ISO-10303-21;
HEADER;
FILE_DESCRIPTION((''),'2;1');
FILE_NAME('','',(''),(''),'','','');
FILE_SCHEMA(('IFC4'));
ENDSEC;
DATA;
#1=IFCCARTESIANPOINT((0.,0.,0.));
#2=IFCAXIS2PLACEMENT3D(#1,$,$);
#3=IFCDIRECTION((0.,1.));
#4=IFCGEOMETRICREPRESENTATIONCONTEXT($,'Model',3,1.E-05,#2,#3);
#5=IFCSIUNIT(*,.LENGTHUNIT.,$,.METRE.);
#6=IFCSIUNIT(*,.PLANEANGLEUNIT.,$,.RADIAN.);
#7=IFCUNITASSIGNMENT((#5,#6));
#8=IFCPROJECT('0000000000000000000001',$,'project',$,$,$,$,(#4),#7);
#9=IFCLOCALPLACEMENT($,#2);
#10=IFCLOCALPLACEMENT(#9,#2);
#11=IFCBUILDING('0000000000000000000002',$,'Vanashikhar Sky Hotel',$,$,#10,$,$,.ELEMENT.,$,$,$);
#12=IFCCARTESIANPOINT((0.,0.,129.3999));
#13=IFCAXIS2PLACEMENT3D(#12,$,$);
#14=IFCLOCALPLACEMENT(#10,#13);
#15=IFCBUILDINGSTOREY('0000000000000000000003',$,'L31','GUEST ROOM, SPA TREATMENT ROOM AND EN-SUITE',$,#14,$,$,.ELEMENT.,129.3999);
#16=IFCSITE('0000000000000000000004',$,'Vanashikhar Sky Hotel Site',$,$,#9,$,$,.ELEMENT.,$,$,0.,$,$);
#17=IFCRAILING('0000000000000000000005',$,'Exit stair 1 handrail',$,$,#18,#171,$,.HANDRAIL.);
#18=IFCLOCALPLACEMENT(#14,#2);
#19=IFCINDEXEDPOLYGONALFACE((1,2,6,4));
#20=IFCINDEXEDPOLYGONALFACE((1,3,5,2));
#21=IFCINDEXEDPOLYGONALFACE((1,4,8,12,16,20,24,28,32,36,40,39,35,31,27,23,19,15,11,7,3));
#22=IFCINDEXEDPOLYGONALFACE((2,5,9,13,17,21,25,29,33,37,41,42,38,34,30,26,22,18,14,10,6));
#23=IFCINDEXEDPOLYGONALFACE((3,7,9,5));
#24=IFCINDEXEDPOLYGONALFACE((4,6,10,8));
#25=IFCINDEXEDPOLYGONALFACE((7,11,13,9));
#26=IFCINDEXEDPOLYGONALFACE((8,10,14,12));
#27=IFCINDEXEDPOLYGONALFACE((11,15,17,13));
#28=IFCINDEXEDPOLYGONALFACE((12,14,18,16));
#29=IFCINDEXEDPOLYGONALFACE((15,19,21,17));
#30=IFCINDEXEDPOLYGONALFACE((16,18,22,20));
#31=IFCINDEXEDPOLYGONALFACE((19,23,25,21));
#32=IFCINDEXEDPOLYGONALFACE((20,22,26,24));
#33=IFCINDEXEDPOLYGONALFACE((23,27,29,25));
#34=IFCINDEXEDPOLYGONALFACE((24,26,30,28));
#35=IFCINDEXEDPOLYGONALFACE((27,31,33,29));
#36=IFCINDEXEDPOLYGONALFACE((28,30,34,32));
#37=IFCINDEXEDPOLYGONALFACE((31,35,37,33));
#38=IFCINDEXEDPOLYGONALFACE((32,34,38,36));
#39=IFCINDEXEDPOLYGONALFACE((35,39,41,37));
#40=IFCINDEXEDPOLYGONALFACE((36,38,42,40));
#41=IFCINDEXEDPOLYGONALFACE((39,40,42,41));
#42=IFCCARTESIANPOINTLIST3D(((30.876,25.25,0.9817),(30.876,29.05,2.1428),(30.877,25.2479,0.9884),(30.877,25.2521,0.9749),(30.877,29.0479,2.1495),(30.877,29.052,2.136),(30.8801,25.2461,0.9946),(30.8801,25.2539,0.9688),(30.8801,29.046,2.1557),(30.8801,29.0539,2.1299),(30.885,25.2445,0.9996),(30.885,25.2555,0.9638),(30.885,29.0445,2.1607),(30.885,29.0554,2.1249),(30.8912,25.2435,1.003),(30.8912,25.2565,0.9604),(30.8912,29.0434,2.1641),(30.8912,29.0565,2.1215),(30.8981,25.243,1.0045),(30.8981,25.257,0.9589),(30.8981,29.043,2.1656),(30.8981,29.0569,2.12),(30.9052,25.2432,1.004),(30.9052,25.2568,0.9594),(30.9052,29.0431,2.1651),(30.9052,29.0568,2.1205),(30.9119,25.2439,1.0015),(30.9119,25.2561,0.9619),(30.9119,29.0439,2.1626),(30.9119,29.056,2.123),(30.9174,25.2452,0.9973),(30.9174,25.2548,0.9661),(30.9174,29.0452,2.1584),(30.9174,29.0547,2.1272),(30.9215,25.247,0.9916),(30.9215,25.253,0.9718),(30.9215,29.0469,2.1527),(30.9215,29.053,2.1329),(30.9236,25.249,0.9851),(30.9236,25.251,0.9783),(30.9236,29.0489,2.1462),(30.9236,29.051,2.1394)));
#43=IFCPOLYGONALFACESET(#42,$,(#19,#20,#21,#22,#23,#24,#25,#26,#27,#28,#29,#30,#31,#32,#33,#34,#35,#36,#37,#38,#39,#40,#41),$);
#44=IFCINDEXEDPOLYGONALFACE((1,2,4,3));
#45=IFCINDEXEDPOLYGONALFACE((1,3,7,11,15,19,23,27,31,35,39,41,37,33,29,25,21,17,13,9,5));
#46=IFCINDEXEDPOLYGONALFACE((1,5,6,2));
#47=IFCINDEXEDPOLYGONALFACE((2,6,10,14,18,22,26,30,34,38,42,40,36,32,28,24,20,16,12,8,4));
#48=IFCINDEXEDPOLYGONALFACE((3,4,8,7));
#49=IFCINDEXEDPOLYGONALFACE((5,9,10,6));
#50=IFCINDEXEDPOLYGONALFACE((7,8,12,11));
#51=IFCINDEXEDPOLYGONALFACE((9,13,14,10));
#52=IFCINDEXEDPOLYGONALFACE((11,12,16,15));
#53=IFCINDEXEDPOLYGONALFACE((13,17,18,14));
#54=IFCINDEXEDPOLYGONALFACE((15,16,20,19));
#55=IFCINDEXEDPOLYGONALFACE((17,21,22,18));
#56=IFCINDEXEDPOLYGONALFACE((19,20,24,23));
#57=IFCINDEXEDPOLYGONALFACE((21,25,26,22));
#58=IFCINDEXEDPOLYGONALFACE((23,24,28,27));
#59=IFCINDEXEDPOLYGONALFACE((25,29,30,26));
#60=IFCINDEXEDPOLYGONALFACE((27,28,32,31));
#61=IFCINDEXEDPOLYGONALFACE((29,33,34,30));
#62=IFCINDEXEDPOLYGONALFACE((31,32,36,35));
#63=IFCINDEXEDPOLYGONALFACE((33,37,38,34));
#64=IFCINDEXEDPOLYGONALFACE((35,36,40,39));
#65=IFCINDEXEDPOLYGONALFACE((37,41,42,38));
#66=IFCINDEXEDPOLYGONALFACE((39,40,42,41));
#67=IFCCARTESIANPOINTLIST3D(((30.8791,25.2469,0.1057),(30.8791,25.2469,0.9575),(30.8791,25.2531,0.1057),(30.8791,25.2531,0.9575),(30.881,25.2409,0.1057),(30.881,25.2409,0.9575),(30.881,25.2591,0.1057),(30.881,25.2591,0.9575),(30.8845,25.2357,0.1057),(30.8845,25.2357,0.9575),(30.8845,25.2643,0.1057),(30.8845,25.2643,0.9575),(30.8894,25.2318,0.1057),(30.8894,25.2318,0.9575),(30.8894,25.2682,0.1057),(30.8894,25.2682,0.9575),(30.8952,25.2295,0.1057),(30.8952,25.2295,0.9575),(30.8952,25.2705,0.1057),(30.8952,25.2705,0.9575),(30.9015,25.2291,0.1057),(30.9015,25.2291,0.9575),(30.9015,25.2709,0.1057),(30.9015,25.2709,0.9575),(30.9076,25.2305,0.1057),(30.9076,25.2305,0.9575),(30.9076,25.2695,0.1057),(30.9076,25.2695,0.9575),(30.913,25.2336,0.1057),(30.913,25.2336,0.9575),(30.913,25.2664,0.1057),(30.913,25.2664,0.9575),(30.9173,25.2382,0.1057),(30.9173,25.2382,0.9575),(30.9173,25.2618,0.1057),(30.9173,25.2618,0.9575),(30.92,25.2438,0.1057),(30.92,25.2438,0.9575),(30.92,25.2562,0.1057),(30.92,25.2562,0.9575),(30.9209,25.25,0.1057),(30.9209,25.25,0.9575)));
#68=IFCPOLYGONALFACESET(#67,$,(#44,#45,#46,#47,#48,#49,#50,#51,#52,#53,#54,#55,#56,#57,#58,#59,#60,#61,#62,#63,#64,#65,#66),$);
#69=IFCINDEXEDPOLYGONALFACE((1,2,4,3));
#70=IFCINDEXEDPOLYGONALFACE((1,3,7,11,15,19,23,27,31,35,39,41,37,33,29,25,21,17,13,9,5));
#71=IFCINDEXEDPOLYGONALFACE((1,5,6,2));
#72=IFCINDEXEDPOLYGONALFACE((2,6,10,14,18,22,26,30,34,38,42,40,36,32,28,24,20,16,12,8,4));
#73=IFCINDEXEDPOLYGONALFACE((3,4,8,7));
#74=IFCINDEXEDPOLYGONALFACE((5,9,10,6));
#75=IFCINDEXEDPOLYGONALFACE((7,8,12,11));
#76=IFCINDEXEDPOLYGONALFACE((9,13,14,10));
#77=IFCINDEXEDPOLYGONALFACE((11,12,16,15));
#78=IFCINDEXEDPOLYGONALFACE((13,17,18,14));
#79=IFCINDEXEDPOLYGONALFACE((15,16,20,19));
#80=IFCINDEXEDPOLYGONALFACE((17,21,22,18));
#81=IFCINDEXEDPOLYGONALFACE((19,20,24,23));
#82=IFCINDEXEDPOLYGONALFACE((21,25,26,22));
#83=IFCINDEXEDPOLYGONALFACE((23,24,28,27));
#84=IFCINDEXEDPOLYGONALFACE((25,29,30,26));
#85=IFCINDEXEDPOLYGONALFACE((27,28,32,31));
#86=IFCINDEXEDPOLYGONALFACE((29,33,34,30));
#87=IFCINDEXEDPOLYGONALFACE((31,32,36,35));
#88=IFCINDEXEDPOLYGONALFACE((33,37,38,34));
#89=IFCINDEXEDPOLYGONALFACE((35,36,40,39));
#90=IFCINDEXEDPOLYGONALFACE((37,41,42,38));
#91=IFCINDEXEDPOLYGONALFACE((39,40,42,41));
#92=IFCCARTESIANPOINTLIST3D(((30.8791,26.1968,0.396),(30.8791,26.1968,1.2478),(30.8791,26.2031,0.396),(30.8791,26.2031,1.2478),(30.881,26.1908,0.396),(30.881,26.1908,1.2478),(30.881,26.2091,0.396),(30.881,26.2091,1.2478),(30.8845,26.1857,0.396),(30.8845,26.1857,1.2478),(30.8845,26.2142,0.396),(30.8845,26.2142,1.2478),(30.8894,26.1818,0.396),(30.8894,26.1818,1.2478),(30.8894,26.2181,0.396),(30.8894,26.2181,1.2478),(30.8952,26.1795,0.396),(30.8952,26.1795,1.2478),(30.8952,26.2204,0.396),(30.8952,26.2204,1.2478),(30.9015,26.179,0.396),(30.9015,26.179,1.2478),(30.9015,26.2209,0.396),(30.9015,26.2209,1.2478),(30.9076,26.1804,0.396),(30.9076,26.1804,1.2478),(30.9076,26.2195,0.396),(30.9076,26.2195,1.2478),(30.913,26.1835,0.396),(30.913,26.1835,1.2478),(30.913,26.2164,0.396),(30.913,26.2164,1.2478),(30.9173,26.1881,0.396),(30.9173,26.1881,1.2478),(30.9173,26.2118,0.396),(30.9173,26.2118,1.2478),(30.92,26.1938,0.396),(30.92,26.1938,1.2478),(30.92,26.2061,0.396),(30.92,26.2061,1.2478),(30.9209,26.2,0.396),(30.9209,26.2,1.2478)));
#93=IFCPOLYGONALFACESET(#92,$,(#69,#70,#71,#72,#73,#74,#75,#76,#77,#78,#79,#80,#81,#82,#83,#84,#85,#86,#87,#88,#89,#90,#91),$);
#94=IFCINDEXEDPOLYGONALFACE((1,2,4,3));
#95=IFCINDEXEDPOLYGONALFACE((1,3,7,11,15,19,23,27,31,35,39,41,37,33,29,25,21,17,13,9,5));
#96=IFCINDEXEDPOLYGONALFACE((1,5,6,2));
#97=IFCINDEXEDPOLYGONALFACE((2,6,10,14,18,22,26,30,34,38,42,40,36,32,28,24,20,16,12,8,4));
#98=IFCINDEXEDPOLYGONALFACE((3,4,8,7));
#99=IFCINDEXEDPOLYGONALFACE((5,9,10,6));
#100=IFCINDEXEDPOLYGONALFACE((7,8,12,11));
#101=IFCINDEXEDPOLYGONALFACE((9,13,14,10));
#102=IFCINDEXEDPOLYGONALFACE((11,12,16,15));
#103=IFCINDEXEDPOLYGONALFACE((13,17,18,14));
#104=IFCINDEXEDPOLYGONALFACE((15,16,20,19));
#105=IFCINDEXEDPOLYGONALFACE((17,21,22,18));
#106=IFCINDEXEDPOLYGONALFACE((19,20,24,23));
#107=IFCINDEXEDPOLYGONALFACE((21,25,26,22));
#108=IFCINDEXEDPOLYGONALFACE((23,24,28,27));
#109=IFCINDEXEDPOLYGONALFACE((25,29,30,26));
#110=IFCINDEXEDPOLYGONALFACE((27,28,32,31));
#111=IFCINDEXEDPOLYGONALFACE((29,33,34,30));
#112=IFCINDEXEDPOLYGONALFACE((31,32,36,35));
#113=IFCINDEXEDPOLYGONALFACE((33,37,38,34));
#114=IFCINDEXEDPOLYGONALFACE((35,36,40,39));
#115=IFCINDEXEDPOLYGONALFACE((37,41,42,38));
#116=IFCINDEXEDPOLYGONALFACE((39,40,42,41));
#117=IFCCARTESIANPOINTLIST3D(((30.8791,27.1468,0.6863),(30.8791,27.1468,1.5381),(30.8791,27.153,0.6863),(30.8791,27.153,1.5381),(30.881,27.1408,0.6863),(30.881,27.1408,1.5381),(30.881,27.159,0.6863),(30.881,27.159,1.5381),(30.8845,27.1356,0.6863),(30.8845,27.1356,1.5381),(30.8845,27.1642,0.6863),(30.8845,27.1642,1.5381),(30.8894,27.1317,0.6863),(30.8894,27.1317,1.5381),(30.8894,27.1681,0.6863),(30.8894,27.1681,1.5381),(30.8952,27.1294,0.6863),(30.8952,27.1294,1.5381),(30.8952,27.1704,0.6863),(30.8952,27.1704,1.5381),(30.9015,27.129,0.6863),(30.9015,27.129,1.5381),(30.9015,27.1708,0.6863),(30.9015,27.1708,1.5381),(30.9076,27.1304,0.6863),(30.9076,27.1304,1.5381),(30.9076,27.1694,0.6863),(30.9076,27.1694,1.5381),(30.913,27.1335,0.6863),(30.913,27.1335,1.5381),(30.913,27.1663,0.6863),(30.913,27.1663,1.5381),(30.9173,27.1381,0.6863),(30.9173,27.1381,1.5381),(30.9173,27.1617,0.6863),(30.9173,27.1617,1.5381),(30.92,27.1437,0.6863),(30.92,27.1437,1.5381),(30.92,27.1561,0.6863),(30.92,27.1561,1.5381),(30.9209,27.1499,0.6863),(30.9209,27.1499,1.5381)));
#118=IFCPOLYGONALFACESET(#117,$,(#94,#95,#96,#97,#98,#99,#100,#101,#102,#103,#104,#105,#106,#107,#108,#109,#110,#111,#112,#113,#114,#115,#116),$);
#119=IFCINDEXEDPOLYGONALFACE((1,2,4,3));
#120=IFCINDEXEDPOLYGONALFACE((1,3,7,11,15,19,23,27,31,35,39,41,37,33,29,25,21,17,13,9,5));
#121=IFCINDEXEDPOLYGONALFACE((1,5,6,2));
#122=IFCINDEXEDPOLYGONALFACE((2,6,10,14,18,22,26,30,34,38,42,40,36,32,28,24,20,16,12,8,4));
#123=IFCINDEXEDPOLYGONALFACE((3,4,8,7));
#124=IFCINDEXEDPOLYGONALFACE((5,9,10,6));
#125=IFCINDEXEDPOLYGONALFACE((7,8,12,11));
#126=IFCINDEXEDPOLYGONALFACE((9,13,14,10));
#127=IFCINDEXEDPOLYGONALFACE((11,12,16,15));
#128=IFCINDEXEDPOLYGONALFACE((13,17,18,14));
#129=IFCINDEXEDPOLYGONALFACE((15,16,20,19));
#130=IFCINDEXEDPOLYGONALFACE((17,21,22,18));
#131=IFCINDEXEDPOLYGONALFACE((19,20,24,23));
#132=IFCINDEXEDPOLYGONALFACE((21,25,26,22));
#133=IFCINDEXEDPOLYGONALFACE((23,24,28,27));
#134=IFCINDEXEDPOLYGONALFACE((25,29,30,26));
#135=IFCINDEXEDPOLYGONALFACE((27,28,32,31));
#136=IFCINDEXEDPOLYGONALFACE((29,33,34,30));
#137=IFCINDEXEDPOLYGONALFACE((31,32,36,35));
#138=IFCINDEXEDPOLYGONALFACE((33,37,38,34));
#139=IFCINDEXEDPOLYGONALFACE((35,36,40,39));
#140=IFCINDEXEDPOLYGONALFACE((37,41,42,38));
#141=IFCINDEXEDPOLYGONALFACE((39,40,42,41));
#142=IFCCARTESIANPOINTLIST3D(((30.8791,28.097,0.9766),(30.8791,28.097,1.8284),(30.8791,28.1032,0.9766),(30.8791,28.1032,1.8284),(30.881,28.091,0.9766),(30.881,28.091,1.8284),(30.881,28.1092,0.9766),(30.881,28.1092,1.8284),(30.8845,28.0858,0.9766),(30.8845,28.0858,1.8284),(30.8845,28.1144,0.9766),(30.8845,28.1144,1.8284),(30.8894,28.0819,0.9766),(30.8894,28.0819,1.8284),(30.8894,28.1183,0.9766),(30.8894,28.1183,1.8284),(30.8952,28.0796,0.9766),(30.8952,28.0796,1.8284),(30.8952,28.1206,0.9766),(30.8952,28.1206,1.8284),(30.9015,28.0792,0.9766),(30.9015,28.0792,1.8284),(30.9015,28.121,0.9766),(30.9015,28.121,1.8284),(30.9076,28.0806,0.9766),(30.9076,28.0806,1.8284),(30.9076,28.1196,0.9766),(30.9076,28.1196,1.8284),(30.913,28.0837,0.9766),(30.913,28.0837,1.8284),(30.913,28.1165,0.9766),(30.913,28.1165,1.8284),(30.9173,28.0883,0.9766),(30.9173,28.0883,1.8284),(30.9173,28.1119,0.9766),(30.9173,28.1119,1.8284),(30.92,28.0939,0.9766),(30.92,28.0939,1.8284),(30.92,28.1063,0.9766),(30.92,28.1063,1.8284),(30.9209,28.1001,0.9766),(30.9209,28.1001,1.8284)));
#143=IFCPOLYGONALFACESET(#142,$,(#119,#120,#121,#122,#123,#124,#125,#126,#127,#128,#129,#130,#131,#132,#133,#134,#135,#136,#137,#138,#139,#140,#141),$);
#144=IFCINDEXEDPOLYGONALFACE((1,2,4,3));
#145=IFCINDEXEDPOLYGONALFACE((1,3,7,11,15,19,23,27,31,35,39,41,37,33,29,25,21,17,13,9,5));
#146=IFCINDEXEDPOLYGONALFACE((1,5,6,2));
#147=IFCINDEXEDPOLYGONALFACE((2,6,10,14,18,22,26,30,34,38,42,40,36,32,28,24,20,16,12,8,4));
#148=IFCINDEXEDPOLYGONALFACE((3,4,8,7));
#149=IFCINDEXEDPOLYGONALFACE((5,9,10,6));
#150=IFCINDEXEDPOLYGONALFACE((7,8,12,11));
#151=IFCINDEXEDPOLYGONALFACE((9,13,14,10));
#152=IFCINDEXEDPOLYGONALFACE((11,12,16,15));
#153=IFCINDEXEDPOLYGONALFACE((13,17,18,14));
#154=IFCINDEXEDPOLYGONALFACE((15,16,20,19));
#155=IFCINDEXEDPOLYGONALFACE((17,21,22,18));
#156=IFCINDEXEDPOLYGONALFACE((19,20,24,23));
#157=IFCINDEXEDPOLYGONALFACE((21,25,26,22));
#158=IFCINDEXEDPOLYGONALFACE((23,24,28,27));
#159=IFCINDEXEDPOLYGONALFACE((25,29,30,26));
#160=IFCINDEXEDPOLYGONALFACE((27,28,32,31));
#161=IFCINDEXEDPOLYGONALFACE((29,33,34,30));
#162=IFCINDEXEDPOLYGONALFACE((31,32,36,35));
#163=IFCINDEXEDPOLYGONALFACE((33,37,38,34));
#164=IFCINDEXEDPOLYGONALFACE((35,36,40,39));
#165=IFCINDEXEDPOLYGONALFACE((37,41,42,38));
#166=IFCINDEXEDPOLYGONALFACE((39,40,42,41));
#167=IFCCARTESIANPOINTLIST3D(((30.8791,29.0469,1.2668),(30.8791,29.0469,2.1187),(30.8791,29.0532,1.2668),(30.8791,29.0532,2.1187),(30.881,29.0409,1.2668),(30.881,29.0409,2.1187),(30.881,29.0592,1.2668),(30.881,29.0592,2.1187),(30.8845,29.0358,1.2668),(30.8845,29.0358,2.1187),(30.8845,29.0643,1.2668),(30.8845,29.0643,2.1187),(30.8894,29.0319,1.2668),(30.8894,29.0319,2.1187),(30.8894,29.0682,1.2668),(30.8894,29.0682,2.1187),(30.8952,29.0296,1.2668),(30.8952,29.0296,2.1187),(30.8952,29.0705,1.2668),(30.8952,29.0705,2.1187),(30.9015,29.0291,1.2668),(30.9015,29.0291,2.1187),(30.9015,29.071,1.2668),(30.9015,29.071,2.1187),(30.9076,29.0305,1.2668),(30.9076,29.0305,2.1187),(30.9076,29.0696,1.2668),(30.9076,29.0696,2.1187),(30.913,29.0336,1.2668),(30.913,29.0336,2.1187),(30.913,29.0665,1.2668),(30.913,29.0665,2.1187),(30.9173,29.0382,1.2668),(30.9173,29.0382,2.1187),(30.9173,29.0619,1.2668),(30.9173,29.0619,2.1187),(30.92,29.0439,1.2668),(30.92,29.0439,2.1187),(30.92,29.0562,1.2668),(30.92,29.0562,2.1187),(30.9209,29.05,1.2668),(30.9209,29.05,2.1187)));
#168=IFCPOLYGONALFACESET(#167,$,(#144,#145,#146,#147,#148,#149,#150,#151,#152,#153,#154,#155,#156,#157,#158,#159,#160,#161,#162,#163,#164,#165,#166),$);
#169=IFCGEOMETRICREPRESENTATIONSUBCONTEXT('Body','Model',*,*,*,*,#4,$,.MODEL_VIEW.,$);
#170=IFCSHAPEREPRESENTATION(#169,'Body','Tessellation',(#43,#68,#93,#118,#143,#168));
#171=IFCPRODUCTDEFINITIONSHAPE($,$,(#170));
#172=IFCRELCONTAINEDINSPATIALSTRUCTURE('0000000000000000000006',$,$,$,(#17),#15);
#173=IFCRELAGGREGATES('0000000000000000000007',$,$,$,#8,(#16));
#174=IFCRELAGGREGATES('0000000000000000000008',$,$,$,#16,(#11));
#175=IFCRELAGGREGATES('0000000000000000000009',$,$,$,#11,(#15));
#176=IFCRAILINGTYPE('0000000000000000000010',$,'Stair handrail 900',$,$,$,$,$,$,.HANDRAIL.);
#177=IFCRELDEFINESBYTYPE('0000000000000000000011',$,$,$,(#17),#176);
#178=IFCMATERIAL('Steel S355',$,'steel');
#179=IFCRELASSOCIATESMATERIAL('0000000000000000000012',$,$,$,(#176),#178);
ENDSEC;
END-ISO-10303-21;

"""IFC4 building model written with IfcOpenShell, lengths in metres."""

from ifc_helpers import new_model, si_unit, direction, frame, origin, origin_2d, place, context, subcontext, project, spatial, circle, extrude, source, transform, mapped, material, type_object, element, save


model = new_model("IFC4")

# Units and contexts
model_context = context("Model", 3, precision=1e-05, world=origin(), true_north=direction((0.0, 1.0)))
body_context = subcontext(model_context, "Body", "Model", "MODEL_VIEW")
ifc_project = project(units=[si_unit("LENGTHUNIT", "METRE"), si_unit("PLANEANGLEUNIT", "RADIAN")], contexts=[model_context])

# Site, building, storey
site_placement = place(None, origin())
site = spatial("IfcSite", under=ifc_project, at=site_placement, Name="Vanashikhar Sky Hotel Site", CompositionType="ELEMENT", RefElevation=0.0)
building_placement = place(site_placement, origin())
building = spatial("IfcBuilding", under=site, at=building_placement, Name="Vanashikhar Sky Hotel", CompositionType="ELEMENT")
storey_placement = place(building_placement, frame((0.0, 0.0, 129.3999)))
storey = spatial("IfcBuildingStorey", under=building, at=storey_placement, Name="L31", Description="GUEST ROOM, SPA TREATMENT ROOM AND EN-SUITE", CompositionType="ELEMENT", Elevation=129.3999)

# Railing
ifc_material_1 = material(Name="Steel S355", Category="steel")
railing_type = type_object("IfcRailingType", Name="Stair handrail 900", PredefinedType="HANDRAIL", material=ifc_material_1)
shared_shape_1 = source(origin(), body_context, "Body", "SweptSolid", [
    extrude(circle(Radius=0.0239, at=origin_2d()), frame((0.0, 0.0, 0.876), z_axis=(0.0, 0.956351, 0.29222), x_axis=(-1.0, 0.0, 0.0)), (0.0, 0.0, 1.0), 3.9734),
    extrude(circle(Radius=0.021, at=origin_2d()), origin(), (0.0, 0.0, 1.0), 0.8518),
    extrude(circle(Radius=0.021, at=origin_2d()), frame((0.0, 0.95, 0.2903)), (0.0, 0.0, 1.0), 0.8518),
    extrude(circle(Radius=0.021, at=origin_2d()), frame((0.0, 1.8999, 0.5806)), (0.0, 0.0, 1.0), 0.8518),
    extrude(circle(Radius=0.021, at=origin_2d()), frame((0.0, 2.8501, 0.8708)), (0.0, 0.0, 1.0), 0.8518),
    extrude(circle(Radius=0.021, at=origin_2d()), frame((0.0, 3.8, 1.1611)), (0.0, 0.0, 1.0), 0.8518),
])
for number, where, name in (
    (1, (30.8999, 25.25, 0.1057), "Exit stair 1 handrail"),
):
    element("IfcRailing", number, at=place(storey_placement, frame(where)), inside=storey, type_object=railing_type, Name=name, PredefinedType="HANDRAIL", context=body_context, shape_type="MappedRepresentation", body=[
        mapped(shared_shape_1, transform((0.0, 0.0, 0.0), scale=1.0)),
    ])

save(model, "model.ifc")
